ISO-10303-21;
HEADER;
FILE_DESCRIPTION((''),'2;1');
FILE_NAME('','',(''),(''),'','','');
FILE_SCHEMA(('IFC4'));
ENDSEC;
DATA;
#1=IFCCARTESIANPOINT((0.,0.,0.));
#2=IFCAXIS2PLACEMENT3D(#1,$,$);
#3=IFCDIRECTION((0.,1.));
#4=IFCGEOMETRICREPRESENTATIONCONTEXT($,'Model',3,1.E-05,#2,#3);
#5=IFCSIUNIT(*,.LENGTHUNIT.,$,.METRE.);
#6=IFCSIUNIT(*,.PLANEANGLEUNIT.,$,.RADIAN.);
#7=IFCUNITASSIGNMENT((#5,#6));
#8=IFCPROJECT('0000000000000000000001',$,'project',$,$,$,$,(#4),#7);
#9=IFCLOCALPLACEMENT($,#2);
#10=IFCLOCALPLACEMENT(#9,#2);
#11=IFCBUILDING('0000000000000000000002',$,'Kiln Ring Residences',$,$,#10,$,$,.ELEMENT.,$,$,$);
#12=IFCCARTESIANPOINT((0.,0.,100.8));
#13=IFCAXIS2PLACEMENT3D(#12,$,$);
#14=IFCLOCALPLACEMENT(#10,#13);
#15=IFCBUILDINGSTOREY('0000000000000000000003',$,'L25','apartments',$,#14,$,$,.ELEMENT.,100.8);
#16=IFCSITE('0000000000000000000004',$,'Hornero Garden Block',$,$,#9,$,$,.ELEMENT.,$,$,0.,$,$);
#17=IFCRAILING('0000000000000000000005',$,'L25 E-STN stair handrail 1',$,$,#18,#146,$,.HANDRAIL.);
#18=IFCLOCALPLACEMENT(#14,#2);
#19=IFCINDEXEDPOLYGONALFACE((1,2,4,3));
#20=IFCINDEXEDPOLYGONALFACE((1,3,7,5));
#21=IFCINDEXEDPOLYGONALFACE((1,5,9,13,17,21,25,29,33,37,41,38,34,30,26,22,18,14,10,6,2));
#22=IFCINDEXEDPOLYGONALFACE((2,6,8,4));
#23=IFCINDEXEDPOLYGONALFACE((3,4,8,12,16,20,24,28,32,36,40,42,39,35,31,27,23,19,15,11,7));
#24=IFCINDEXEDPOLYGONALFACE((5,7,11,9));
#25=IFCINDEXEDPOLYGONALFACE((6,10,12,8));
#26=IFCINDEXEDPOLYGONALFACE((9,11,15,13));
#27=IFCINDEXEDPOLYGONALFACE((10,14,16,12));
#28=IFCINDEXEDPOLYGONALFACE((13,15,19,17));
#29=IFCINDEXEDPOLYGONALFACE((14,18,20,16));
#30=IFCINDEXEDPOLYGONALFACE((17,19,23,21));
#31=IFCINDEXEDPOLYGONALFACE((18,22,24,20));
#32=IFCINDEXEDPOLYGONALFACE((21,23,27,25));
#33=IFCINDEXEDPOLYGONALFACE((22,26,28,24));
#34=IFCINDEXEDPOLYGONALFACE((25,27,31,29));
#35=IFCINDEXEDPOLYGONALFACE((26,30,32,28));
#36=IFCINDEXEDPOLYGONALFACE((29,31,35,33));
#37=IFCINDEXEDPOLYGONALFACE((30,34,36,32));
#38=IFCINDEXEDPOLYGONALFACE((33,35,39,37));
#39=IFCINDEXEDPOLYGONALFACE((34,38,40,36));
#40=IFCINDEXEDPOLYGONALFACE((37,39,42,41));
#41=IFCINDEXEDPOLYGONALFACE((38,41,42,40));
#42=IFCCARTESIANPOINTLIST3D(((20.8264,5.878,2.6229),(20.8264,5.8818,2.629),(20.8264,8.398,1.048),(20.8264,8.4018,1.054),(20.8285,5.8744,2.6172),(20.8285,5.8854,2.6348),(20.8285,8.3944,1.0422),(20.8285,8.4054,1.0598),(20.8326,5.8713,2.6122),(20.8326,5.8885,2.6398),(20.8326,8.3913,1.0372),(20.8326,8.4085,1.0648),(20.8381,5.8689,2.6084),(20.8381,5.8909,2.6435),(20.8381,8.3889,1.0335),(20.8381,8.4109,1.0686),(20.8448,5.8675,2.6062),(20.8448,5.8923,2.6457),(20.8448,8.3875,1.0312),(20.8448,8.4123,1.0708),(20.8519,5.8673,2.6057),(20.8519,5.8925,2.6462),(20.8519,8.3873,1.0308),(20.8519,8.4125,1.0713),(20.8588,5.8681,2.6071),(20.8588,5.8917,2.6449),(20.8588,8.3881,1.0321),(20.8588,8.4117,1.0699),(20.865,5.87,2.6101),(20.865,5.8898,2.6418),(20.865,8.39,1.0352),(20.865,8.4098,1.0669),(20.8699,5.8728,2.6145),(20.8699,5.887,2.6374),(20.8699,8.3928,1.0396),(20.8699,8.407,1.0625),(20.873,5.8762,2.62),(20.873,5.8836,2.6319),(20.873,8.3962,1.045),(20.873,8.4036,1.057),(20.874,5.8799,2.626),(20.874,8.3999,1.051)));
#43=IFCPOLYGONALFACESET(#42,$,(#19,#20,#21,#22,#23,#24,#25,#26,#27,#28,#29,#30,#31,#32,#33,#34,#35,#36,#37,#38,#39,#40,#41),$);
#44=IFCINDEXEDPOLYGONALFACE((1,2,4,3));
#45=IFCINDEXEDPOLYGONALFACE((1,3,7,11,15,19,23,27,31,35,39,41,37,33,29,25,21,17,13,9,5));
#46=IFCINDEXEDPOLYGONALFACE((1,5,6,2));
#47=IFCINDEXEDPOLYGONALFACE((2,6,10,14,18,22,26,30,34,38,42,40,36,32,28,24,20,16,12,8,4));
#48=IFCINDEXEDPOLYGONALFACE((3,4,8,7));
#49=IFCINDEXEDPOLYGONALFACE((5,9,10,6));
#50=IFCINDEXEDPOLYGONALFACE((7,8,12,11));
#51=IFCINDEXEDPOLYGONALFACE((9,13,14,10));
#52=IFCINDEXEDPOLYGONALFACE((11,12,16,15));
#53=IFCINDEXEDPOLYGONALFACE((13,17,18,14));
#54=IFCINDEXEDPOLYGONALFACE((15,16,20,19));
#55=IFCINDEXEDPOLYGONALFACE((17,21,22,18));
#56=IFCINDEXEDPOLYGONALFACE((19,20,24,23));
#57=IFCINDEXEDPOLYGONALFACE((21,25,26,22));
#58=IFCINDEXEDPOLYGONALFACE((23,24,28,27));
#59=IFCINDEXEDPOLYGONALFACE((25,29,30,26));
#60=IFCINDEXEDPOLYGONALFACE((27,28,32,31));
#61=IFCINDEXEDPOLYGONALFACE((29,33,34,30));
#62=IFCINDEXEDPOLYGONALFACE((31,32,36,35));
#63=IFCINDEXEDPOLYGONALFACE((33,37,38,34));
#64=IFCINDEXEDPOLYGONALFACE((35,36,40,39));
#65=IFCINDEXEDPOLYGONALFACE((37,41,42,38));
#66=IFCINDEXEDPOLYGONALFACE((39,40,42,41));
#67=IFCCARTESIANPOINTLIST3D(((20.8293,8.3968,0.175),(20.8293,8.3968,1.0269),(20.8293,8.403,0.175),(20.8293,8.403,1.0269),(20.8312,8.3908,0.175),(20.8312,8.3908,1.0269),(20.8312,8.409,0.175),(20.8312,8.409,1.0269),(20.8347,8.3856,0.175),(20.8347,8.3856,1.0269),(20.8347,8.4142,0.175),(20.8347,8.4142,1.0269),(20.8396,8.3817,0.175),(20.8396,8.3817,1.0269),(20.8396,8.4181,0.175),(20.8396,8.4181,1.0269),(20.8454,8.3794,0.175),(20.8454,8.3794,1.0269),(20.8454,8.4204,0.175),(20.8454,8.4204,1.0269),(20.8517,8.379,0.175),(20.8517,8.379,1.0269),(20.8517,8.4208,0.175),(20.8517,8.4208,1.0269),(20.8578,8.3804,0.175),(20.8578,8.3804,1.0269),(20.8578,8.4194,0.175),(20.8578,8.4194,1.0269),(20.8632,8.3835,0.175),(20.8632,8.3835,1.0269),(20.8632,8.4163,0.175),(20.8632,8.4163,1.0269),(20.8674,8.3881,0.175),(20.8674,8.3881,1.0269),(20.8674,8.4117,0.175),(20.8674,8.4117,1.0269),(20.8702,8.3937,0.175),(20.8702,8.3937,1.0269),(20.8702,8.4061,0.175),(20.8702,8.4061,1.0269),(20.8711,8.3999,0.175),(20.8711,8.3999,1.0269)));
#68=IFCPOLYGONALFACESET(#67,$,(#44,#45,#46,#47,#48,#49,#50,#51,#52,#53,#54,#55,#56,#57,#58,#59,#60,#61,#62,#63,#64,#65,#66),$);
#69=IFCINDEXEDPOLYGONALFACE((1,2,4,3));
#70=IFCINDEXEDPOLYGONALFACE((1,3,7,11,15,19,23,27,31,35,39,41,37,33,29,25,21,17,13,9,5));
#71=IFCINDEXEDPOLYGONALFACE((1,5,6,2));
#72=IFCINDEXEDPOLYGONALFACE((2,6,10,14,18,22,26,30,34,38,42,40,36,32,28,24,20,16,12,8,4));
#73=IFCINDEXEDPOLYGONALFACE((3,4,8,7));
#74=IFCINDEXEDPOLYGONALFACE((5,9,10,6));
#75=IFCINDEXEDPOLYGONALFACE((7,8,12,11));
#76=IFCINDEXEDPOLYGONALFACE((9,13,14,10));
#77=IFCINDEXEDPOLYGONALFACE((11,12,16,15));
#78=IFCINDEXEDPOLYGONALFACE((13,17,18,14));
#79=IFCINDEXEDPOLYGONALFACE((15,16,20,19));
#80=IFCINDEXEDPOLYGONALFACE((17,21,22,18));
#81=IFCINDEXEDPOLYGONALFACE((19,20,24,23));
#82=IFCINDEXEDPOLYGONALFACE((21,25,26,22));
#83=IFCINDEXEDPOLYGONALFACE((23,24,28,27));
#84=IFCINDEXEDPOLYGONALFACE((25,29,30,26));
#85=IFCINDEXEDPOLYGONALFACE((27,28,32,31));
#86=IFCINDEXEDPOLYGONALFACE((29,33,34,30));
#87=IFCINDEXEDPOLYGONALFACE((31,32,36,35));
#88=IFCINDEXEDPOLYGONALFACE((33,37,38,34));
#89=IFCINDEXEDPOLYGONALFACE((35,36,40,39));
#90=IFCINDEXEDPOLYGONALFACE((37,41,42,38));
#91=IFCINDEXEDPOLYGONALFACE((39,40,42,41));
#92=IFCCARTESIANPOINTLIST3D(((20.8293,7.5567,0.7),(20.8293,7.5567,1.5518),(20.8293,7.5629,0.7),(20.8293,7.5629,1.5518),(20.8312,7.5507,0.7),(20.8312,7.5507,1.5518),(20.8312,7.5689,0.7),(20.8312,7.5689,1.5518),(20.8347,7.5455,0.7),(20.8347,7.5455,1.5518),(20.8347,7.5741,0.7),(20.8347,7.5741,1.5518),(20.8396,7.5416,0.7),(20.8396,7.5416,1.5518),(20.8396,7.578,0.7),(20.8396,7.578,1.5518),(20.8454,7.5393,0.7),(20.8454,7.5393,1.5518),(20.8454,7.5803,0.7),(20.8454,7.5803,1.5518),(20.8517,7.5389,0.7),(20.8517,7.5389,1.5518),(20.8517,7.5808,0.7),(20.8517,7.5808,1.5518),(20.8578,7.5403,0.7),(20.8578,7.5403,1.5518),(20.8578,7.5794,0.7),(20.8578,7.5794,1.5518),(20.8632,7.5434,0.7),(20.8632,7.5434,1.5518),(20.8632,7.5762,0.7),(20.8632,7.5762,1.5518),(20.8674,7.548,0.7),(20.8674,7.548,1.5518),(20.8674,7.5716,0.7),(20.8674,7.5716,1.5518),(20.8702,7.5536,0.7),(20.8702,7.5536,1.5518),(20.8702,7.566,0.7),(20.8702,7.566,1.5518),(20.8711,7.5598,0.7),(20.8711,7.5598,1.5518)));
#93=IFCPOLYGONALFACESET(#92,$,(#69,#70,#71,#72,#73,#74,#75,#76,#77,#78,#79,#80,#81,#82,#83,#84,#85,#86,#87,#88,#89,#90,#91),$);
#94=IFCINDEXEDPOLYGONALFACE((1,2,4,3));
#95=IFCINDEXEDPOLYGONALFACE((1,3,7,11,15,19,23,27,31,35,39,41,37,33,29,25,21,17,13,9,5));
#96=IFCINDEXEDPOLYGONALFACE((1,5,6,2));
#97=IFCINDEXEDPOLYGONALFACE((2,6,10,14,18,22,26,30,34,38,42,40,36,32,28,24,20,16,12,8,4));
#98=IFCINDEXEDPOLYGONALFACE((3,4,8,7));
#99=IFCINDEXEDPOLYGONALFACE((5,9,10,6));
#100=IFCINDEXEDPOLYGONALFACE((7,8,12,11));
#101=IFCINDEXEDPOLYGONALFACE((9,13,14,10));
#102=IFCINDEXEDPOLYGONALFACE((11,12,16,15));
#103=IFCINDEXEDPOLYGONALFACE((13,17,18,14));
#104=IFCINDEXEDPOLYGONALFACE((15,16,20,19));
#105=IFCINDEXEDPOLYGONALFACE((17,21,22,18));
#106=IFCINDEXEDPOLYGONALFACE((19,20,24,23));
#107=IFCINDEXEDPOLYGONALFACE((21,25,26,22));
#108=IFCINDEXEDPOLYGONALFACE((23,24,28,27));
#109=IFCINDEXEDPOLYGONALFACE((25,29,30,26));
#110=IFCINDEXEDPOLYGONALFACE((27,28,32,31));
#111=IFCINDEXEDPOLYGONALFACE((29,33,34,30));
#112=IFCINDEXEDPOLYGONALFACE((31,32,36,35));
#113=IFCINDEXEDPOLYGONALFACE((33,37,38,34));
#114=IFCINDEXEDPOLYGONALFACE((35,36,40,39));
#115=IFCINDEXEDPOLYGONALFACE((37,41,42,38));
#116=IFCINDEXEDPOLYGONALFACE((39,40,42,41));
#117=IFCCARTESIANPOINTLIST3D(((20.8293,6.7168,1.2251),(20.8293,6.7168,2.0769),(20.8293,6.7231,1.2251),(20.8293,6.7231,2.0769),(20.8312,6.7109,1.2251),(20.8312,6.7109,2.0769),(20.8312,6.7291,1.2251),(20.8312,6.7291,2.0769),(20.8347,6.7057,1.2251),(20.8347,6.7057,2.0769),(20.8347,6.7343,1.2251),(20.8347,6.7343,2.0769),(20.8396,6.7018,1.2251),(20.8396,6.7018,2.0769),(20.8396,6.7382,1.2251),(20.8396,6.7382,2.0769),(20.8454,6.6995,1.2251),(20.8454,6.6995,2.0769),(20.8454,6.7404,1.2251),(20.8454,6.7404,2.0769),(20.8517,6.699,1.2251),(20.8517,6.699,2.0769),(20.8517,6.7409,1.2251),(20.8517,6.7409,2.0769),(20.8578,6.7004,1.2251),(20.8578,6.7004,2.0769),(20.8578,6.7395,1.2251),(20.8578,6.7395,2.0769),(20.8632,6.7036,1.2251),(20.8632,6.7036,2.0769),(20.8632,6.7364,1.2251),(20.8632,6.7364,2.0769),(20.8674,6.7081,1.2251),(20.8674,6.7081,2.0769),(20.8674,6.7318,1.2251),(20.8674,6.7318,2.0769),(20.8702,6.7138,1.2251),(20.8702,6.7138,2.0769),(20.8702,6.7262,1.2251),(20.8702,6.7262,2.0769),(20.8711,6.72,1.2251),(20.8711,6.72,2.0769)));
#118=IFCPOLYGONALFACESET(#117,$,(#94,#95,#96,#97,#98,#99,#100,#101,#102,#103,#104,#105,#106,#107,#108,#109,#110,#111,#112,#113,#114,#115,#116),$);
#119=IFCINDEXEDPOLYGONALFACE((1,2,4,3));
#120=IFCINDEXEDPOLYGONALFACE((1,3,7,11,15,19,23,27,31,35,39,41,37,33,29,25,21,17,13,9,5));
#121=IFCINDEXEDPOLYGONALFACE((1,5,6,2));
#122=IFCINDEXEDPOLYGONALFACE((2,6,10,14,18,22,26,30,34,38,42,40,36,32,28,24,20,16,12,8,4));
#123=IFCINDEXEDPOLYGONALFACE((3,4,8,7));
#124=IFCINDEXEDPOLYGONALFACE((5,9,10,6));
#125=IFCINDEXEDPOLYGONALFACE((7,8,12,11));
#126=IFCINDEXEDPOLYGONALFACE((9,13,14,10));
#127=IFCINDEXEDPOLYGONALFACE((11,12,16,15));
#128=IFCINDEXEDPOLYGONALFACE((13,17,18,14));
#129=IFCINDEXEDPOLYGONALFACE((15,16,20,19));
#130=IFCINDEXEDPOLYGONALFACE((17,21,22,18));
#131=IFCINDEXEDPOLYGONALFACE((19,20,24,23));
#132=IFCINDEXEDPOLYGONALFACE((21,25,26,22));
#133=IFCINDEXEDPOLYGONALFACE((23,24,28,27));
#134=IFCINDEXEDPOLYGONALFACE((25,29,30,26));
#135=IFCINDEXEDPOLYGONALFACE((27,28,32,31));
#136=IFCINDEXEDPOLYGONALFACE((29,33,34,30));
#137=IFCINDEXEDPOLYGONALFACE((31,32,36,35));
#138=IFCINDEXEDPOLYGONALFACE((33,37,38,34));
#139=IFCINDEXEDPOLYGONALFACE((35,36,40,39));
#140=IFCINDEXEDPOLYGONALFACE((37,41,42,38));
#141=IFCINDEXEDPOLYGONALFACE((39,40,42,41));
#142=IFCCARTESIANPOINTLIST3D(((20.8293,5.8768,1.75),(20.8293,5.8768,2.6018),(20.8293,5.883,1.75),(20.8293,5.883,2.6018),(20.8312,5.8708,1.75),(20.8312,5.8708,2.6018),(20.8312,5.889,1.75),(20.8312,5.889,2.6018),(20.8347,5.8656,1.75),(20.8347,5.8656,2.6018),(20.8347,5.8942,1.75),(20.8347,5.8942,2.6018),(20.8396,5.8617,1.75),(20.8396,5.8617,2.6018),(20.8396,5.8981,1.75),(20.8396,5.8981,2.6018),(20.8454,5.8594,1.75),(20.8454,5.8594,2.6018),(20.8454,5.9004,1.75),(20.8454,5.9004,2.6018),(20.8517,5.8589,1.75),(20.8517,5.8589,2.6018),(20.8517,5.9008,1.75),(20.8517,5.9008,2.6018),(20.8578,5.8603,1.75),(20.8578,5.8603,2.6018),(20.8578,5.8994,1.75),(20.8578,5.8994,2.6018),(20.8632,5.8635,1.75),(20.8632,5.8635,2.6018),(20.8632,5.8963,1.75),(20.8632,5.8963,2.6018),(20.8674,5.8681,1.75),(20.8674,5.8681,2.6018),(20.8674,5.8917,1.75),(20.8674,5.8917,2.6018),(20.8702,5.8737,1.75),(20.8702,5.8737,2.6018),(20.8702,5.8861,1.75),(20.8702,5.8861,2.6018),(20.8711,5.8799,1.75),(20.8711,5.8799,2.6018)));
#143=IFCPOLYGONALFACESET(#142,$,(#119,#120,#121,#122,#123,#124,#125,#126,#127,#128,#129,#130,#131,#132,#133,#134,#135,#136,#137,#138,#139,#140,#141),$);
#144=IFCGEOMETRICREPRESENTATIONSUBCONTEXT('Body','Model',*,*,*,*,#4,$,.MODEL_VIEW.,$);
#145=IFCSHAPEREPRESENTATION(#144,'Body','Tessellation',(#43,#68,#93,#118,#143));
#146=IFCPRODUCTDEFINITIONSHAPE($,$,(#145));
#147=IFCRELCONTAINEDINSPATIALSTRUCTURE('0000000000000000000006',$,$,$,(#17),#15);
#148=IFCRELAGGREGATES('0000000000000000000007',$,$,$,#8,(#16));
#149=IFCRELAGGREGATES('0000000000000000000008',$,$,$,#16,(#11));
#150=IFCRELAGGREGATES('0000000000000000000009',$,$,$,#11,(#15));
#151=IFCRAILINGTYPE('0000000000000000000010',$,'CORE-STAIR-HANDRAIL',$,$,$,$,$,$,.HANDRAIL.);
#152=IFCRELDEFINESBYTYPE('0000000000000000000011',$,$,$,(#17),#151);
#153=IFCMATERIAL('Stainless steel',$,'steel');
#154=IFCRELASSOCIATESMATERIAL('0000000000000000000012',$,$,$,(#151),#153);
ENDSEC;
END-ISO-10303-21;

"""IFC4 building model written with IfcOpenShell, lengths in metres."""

from ifc_helpers import new_model, si_unit, direction, frame, origin, origin_2d, place, context, subcontext, project, spatial, circle, extrude, material, type_object, element, save


model = new_model("IFC4")

# Units and contexts
model_context = context("Model", 3, precision=1e-05, world=origin(), true_north=direction((0.0, 1.0)))
body_context = subcontext(model_context, "Body", "Model", "MODEL_VIEW")
ifc_project = project(units=[si_unit("LENGTHUNIT", "METRE"), si_unit("PLANEANGLEUNIT", "RADIAN")], contexts=[model_context])

# Site, building, storey
site_placement = place(None, origin())
site = spatial("IfcSite", under=ifc_project, at=site_placement, Name="Hornero Garden Block", CompositionType="ELEMENT", RefElevation=0.0)
building_placement = place(site_placement, origin())
building = spatial("IfcBuilding", under=site, at=building_placement, Name="Kiln Ring Residences", CompositionType="ELEMENT")
storey_placement = place(building_placement, frame((0.0, 0.0, 100.8)))
storey = spatial("IfcBuildingStorey", under=building, at=storey_placement, Name="L25", Description="apartments", CompositionType="ELEMENT", Elevation=100.8)

# Railing
ifc_material_1 = material(Name="Stainless steel", Category="steel")
railing_type_1 = type_object("IfcRailingType", Name="CORE-STAIR-HANDRAIL", PredefinedType="HANDRAIL", material=ifc_material_1)
railing_1_placement = place(storey_placement, frame((20.8501, 8.3999, 0.175)))
element("IfcRailing", 1, at=railing_1_placement, inside=storey, type_object=railing_type_1, Name="L25 E-STN stair handrail 1", PredefinedType="HANDRAIL", context=body_context, shape_type="SweptSolid", body=[
    extrude(circle(Radius=0.0239, at=origin_2d()), frame((0.0, 0.0, 0.876), z_axis=(0.0, -0.848008, 0.529984), x_axis=(1.0, 0.0, 0.0)), (0.0, 0.0, 1.0), 2.9717),
    extrude(circle(Radius=0.021, at=origin_2d()), origin(), (0.0, 0.0, 1.0), 0.8518),
    extrude(circle(Radius=0.021, at=origin_2d()), frame((0.0, -0.8401, 0.5249)), (0.0, 0.0, 1.0), 0.8518),
    extrude(circle(Radius=0.021, at=origin_2d()), frame((0.0, -1.6799, 1.05)), (0.0, 0.0, 1.0), 0.8518),
    extrude(circle(Radius=0.021, at=origin_2d()), frame((0.0, -2.52, 1.575)), (0.0, 0.0, 1.0), 0.8518),
])

save(model, "model.ifc")
